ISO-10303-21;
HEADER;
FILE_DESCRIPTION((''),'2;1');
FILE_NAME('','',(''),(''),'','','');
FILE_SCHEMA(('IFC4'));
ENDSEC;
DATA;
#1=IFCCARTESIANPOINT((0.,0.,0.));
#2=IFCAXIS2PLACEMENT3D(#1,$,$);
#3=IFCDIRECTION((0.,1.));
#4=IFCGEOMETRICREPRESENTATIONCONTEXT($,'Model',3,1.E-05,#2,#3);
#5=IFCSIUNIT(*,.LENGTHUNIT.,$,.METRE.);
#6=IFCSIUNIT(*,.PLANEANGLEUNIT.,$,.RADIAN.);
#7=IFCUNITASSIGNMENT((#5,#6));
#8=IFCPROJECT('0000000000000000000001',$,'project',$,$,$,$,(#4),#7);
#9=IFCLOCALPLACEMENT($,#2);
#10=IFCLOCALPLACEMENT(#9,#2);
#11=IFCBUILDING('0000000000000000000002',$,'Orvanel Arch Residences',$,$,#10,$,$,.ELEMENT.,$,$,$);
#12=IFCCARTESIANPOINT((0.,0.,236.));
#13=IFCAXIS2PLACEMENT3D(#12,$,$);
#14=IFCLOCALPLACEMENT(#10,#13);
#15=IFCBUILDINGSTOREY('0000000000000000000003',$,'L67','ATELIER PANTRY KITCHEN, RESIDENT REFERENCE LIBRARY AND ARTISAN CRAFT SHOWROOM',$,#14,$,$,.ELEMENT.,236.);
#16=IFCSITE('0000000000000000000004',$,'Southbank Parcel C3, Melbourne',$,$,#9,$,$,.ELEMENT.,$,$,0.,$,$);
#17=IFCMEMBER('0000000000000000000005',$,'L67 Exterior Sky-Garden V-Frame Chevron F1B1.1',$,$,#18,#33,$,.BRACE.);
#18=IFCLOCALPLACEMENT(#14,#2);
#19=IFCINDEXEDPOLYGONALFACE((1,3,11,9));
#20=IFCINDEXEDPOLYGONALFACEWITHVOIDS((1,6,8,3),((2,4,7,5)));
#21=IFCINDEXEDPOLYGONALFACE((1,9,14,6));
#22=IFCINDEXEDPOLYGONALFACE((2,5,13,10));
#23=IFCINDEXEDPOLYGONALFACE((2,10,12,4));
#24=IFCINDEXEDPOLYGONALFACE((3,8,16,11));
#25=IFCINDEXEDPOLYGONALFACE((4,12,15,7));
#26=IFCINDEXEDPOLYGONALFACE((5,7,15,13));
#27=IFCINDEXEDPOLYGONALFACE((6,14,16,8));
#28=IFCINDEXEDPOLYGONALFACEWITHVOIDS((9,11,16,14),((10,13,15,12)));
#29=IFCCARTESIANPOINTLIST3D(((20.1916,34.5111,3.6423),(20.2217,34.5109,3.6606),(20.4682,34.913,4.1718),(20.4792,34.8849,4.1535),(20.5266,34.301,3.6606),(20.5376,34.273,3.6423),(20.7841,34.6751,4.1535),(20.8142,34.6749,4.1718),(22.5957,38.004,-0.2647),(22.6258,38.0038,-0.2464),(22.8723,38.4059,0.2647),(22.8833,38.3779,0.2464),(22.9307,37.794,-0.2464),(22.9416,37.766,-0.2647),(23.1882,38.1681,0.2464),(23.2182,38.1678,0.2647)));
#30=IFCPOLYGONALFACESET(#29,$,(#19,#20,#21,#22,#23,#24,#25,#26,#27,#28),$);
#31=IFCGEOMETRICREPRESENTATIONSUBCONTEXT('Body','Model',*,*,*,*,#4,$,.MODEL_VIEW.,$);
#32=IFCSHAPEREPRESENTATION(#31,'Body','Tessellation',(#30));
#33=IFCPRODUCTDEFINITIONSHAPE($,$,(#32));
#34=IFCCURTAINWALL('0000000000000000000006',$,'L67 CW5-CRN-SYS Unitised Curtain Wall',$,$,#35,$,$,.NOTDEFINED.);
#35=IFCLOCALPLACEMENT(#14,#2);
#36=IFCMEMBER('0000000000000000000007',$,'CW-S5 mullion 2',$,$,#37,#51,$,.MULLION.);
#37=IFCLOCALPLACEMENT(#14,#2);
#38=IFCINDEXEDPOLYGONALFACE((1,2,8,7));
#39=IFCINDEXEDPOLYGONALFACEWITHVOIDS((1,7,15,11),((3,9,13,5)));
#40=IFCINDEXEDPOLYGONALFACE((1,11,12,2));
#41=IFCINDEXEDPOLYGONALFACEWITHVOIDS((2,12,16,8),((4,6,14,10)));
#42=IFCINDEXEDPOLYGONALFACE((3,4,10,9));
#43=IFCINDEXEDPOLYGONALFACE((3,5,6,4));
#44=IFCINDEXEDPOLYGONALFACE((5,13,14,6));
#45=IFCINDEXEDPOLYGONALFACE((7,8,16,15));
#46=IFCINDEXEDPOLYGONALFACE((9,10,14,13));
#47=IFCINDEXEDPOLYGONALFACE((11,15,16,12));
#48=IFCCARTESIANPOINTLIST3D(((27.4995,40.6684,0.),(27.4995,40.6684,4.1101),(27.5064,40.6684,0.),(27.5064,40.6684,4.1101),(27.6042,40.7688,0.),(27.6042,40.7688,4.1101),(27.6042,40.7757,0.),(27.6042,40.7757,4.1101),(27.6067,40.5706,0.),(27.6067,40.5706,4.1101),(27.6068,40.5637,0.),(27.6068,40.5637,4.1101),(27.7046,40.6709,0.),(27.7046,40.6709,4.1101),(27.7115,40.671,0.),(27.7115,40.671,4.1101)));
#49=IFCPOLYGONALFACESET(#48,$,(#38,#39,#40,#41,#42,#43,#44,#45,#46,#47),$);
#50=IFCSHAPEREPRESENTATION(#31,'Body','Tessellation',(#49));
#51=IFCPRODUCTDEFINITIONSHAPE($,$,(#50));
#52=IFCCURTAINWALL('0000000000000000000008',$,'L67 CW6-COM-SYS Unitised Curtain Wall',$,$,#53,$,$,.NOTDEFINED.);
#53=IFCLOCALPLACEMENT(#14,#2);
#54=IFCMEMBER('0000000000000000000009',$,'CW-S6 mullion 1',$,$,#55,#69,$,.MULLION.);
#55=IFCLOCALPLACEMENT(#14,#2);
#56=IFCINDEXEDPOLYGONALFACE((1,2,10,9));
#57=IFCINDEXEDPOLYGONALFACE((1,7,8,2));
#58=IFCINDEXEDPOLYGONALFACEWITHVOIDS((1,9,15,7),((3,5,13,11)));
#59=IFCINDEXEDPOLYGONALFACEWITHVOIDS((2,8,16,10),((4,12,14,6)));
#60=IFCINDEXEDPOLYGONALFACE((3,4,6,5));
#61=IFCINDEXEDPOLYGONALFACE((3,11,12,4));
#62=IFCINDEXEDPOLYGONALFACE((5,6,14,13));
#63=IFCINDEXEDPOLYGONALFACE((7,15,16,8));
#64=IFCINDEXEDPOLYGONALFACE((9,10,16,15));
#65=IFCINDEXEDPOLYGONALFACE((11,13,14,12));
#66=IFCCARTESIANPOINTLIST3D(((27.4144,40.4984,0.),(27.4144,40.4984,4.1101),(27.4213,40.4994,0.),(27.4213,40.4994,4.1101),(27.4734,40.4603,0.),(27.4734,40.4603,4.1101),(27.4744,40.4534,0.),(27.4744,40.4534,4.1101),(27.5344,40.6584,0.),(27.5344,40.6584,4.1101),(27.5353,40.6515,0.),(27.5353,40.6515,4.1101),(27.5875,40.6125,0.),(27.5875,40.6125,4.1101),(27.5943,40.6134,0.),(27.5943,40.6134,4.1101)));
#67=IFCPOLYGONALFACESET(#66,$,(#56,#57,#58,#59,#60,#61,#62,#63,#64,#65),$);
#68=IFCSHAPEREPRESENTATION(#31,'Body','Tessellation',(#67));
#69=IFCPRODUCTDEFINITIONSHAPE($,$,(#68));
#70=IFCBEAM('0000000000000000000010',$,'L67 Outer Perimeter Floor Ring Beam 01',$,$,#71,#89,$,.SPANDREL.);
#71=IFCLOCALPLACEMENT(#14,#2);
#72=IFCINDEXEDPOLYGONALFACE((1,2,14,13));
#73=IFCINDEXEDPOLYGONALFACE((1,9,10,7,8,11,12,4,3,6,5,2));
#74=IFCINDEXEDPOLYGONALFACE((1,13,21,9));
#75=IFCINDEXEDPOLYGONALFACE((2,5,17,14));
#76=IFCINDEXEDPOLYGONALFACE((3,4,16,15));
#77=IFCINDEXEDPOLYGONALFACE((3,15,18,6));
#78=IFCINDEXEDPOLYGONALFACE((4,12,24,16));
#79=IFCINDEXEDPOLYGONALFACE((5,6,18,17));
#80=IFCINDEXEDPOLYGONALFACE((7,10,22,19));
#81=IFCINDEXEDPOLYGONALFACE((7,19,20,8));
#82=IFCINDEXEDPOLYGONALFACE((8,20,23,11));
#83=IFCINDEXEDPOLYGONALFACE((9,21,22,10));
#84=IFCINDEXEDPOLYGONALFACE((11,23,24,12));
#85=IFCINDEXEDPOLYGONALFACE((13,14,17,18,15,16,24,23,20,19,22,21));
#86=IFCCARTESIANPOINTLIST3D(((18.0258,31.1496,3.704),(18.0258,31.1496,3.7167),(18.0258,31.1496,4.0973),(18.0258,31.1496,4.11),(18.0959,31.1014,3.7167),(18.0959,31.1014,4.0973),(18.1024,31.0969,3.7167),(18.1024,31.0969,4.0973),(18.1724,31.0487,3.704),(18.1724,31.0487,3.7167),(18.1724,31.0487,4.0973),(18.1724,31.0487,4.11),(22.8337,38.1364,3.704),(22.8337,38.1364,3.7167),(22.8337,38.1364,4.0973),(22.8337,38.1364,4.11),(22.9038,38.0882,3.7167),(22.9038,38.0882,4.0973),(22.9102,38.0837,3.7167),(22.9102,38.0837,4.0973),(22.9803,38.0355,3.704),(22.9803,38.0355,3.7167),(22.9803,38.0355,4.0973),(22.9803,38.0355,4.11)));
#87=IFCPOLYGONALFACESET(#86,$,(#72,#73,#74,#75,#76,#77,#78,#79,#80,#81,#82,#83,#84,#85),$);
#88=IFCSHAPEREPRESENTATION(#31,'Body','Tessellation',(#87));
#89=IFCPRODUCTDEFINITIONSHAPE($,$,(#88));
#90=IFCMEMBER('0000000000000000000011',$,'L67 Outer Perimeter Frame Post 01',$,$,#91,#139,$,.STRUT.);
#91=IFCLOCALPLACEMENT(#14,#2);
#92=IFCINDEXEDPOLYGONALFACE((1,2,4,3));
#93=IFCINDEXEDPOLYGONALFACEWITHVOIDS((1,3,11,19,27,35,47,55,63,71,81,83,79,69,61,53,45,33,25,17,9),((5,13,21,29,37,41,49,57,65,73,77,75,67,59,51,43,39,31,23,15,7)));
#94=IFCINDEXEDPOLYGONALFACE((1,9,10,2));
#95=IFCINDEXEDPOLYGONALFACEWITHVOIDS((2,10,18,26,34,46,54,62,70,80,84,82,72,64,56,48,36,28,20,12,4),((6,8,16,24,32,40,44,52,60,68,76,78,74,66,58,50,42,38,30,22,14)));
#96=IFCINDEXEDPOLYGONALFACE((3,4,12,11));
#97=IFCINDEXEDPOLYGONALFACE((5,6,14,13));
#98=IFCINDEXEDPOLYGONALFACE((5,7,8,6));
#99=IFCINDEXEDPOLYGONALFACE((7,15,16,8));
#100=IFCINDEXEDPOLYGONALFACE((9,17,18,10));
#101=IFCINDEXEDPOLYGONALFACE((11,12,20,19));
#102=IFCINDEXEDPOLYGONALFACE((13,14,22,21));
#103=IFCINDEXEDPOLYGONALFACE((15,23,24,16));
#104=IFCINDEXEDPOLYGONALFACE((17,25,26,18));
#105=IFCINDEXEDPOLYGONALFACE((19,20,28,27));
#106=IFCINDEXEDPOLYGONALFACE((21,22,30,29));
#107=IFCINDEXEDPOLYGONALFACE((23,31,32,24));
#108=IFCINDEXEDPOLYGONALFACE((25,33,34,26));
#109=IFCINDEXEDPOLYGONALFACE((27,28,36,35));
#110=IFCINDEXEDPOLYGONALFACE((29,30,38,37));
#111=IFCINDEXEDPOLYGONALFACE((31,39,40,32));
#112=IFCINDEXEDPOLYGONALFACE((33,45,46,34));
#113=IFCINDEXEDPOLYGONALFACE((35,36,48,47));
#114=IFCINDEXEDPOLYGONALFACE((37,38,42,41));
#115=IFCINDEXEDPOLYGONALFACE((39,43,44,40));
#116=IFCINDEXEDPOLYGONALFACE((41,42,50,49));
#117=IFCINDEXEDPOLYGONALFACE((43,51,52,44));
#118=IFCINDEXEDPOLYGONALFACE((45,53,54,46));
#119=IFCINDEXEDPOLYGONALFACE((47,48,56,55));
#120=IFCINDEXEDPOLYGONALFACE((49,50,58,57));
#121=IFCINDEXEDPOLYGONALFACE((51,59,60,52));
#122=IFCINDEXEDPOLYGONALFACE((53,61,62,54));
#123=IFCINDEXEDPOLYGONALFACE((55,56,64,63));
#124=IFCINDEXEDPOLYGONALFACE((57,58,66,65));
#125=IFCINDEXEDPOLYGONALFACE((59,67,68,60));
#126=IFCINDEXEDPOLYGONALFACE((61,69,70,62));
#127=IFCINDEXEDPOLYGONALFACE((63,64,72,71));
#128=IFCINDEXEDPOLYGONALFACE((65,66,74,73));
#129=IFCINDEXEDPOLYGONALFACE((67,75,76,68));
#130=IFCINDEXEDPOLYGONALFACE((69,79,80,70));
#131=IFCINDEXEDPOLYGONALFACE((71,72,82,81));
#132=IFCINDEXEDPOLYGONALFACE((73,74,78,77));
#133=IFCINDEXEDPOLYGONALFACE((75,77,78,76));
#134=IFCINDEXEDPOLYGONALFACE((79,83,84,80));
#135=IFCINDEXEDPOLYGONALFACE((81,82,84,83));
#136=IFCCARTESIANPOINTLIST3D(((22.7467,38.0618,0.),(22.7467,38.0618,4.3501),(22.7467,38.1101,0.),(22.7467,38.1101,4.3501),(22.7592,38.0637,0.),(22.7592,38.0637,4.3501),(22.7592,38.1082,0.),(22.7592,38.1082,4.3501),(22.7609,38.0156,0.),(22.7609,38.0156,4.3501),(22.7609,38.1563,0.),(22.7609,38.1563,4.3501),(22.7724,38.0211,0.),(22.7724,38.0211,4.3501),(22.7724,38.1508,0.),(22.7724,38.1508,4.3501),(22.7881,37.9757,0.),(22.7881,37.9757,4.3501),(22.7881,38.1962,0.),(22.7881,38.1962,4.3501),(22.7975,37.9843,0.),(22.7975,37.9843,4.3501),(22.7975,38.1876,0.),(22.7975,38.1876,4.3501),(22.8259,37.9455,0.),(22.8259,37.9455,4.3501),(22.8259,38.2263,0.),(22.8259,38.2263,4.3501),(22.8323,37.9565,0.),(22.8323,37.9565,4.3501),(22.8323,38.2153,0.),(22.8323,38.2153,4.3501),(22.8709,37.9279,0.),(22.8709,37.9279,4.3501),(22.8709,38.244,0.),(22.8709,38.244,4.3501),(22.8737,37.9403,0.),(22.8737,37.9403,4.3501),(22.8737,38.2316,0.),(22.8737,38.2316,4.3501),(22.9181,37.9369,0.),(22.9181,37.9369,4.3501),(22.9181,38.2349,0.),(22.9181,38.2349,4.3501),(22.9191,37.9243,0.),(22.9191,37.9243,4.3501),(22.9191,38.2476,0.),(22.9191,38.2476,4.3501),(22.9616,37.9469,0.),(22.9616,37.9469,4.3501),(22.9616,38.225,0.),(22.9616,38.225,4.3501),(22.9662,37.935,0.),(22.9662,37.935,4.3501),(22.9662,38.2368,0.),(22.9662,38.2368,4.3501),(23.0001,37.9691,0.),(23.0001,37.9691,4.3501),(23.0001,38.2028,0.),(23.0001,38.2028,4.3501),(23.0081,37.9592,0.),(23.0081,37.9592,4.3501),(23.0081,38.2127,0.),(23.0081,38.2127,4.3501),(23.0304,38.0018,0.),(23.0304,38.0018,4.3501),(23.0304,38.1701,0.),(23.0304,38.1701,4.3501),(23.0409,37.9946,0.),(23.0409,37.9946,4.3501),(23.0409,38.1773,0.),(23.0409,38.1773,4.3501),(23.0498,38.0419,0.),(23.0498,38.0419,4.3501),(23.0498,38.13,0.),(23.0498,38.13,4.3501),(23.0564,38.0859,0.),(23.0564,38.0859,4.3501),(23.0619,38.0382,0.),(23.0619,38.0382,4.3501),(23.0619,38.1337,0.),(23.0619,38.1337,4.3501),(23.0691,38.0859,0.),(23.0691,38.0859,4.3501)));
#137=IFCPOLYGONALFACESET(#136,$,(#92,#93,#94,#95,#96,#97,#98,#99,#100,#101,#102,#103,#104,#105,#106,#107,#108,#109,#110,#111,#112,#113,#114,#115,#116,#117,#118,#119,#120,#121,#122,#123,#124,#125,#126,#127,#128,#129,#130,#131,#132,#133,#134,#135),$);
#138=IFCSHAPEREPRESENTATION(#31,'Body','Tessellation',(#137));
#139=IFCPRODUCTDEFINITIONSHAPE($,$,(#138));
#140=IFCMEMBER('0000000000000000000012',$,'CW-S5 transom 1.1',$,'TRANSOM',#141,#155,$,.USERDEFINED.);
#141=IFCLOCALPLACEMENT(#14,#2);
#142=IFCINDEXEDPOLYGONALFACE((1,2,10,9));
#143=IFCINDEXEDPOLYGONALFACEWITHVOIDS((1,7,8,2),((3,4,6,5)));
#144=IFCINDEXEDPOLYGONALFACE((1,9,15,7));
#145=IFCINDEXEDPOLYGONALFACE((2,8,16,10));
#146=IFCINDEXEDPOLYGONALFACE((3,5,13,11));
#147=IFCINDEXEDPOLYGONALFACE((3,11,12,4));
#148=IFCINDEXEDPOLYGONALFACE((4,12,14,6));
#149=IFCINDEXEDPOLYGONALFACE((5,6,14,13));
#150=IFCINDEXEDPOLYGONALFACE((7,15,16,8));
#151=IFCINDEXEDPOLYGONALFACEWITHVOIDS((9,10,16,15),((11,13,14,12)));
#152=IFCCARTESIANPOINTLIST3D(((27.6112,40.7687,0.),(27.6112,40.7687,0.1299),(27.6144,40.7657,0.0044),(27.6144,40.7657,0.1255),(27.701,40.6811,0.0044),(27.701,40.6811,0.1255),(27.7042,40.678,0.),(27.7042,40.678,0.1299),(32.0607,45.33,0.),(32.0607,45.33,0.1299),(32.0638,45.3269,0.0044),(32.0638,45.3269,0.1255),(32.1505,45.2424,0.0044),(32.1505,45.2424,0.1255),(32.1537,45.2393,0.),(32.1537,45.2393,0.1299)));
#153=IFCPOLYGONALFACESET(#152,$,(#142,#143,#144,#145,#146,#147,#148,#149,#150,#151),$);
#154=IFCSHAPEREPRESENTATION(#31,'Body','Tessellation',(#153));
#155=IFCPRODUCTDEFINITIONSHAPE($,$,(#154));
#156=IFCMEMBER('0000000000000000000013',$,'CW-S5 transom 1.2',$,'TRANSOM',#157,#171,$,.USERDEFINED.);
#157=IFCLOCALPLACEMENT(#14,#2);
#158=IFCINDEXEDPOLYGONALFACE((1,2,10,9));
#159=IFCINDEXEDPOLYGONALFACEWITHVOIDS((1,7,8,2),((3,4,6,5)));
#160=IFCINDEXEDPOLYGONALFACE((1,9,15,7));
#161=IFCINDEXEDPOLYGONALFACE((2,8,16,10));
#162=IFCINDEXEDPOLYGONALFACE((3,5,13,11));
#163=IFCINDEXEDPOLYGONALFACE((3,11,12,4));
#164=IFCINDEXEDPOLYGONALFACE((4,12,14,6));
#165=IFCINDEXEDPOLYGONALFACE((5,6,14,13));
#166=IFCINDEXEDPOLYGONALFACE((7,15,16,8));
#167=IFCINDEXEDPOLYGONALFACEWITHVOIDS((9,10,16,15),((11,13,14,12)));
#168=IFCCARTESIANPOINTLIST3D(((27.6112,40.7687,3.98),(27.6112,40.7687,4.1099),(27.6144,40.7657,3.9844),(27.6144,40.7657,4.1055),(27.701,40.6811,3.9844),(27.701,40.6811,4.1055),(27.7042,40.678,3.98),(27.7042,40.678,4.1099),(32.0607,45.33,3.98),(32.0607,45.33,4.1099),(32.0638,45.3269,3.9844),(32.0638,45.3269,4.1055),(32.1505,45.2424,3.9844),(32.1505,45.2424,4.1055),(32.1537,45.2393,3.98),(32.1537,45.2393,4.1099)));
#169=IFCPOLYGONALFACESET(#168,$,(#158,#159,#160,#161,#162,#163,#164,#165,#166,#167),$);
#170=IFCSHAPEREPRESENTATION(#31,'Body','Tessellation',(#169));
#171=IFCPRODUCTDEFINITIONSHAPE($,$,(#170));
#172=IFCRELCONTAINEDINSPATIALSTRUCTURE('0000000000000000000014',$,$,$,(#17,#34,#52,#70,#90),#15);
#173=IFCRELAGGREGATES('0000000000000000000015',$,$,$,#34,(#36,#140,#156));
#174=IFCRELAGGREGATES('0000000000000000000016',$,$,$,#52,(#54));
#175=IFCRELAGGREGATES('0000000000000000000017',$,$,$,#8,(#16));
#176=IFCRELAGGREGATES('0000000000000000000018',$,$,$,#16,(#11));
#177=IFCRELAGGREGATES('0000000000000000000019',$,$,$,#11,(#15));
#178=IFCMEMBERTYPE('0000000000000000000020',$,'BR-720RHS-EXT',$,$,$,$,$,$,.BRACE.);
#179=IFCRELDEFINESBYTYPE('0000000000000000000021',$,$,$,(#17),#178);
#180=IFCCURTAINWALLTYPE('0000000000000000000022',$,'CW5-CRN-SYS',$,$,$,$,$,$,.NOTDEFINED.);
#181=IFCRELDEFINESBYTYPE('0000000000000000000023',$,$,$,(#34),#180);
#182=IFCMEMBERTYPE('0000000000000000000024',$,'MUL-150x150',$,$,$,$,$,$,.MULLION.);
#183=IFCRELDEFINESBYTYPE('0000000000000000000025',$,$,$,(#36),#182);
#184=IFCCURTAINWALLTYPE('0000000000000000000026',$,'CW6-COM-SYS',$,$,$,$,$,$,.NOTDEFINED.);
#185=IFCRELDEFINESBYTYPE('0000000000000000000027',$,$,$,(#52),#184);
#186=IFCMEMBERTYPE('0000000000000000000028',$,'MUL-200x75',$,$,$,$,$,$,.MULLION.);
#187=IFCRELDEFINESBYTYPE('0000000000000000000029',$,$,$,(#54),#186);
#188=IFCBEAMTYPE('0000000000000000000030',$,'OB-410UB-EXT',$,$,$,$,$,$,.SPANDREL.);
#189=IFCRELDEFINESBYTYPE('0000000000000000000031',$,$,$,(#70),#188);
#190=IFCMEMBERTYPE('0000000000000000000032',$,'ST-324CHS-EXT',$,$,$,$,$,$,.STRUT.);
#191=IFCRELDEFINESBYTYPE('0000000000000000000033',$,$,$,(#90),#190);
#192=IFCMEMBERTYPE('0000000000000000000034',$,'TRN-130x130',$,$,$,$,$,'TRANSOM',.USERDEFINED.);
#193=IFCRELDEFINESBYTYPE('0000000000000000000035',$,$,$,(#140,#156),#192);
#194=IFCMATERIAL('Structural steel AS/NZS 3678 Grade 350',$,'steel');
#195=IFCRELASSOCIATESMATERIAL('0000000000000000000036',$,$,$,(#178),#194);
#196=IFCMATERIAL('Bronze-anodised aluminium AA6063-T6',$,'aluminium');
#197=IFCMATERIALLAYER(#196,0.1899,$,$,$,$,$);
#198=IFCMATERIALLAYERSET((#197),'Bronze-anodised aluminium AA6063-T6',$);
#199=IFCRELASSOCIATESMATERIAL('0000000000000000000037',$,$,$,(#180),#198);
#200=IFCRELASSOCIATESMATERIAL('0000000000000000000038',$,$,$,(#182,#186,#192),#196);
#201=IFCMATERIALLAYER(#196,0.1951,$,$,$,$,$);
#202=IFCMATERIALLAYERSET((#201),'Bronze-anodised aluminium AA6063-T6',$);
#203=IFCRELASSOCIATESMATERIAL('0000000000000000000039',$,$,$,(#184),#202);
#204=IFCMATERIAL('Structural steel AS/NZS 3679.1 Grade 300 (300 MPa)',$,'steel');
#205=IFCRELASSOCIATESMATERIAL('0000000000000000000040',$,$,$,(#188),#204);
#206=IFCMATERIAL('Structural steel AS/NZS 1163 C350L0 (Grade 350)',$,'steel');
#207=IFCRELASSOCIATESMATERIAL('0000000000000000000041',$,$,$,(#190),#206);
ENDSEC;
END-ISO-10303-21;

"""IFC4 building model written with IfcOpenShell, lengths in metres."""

from ifc_helpers import new_model, si_unit, direction, frame, origin, origin_2d, place, context, subcontext, project, spatial, hollow_rectangle, hollow_circle, i_section, extrude, material, layer, layer_set, material_profile, profile_set, type_object, element, aggregate, save


model = new_model("IFC4")

# Units and contexts
model_context = context("Model", 3, precision=1e-05, world=origin(), true_north=direction((0.0, 1.0)))
body_context = subcontext(model_context, "Body", "Model", "MODEL_VIEW")
ifc_project = project(units=[si_unit("LENGTHUNIT", "METRE"), si_unit("PLANEANGLEUNIT", "RADIAN")], contexts=[model_context])

# Site, building, storey
site_placement = place(None, origin())
site = spatial("IfcSite", under=ifc_project, at=site_placement, Name="Southbank Parcel C3, Melbourne", CompositionType="ELEMENT", RefElevation=0.0)
building_placement = place(site_placement, origin())
building = spatial("IfcBuilding", under=site, at=building_placement, Name="Orvanel Arch Residences", CompositionType="ELEMENT")
storey_placement = place(building_placement, frame((0.0, 0.0, 236.0)))
storey = spatial("IfcBuildingStorey", under=building, at=storey_placement, Name="L67", Description="ATELIER PANTRY KITCHEN, RESIDENT REFERENCE LIBRARY AND ARTISAN CRAFT SHOWROOM", CompositionType="ELEMENT", Elevation=236.0)

# Member
ifc_material_1 = material(Name="Structural steel AS/NZS 3678 Grade 350", Category="steel")
ifc_material_profile_1 = material_profile(ifc_material_1, hollow_rectangle(XDim=0.4199, YDim=0.72, WallThickness=0.0249, at=origin_2d()), Name="RHS720x420x25")
ifc_profile_set_1 = profile_set([ifc_material_profile_1], Name="Structural steel AS/NZS 3678 Grade 350")
member_type_1 = type_object("IfcMemberType", Name="BR-720RHS-EXT", PredefinedType="BRACE", material=ifc_profile_set_1)
member_1_placement = place(storey_placement, frame((22.907, 38.0859, 0.0), z_axis=(-0.41695, -0.6058, 0.677613), x_axis=(0.823748, -0.566956, 0.0)))
element("IfcMember", 1, at=member_1_placement, inside=storey, type_object=member_type_1, Name="L67 Exterior Sky-Garden V-Frame Chevron F1B1.1", PredefinedType="BRACE", context=body_context, shape_type="SweptSolid", body=[
    extrude(hollow_rectangle(XDim=0.4199, YDim=0.72, WallThickness=0.0249, at=origin_2d()), origin(), (0.0, 0.0, 1.0), 5.7659),
])

# Curtain walls, members
ifc_material_2 = material(Name="Bronze-anodised aluminium AA6063-T6", Category="aluminium")
ifc_layer_1 = layer(ifc_material_2, 0.1899)
ifc_layer_set_1 = layer_set([ifc_layer_1], Name="Bronze-anodised aluminium AA6063-T6")
curtain_wall_type_1 = type_object("IfcCurtainWallType", Name="CW5-CRN-SYS", PredefinedType="NOTDEFINED", material=ifc_layer_set_1)
curtain_wall_1_placement = place(storey_placement, origin())
curtain_wall_1 = element("IfcCurtainWall", 2, at=curtain_wall_1_placement, inside=storey, type_object=curtain_wall_type_1, Name="L67 CW5-CRN-SYS Unitised Curtain Wall", PredefinedType="NOTDEFINED")
ifc_material_profile_2 = material_profile(ifc_material_2, hollow_rectangle(XDim=0.1499, YDim=0.1499, WallThickness=0.0049, at=origin_2d()), Name="ALU150x150x5")
ifc_profile_set_2 = profile_set([ifc_material_profile_2], Name="Bronze-anodised aluminium AA6063-T6")
member_type_2 = type_object("IfcMemberType", Name="MUL-150x150", PredefinedType="MULLION", material=ifc_profile_set_2)
member_2_placement = place(storey_placement, frame((27.6055, 40.6697, 0.0), z_axis=(0.0, 0.0, 1.0), x_axis=(0.71582, -0.698285, 0.0)))
member_2 = element("IfcMember", 3, at=member_2_placement, type_object=member_type_2, Name="CW-S5 mullion 2", PredefinedType="MULLION", context=body_context, shape_type="SweptSolid", body=[
    extrude(hollow_rectangle(XDim=0.1499, YDim=0.1499, WallThickness=0.0049, at=origin_2d()), origin(), (0.0, 0.0, 1.0), 4.1101),
])
ifc_layer_2 = layer(ifc_material_2, 0.1951)
ifc_layer_set_2 = layer_set([ifc_layer_2], Name="Bronze-anodised aluminium AA6063-T6")
curtain_wall_type_2 = type_object("IfcCurtainWallType", Name="CW6-COM-SYS", PredefinedType="NOTDEFINED", material=ifc_layer_set_2)
curtain_wall_2_placement = place(storey_placement, origin())
curtain_wall_2 = element("IfcCurtainWall", 4, at=curtain_wall_2_placement, inside=storey, type_object=curtain_wall_type_2, Name="L67 CW6-COM-SYS Unitised Curtain Wall", PredefinedType="NOTDEFINED")
ifc_material_profile_3 = material_profile(ifc_material_2, hollow_rectangle(XDim=0.075, YDim=0.2, WallThickness=0.0049, at=origin_2d()), Name="ALU200x75x5")
ifc_profile_set_3 = profile_set([ifc_material_profile_3], Name="Bronze-anodised aluminium AA6063-T6")
member_type_3 = type_object("IfcMemberType", Name="MUL-200x75", PredefinedType="MULLION", material=ifc_profile_set_3)
member_3_placement = place(storey_placement, frame((27.5044, 40.5559, 0.0), z_axis=(0.0, 0.0, 1.0), x_axis=(0.800207, -0.599723, 0.0)))
member_3 = element("IfcMember", 5, at=member_3_placement, type_object=member_type_3, Name="CW-S6 mullion 1", PredefinedType="MULLION", context=body_context, shape_type="SweptSolid", body=[
    extrude(hollow_rectangle(XDim=0.075, YDim=0.2, WallThickness=0.0049, at=origin_2d()), origin(), (0.0, 0.0, 1.0), 4.1101),
])

# Beam
ifc_material_3 = material(Name="Structural steel AS/NZS 3679.1 Grade 300 (300 MPa)", Category="steel")
ifc_material_profile_4 = material_profile(ifc_material_3, i_section(OverallWidth=0.178, OverallDepth=0.406, WebThickness=0.0078, FlangeThickness=0.0127, at=origin_2d()), Name="410UB59.7")
ifc_profile_set_4 = profile_set([ifc_material_profile_4], Name="Structural steel AS/NZS 3679.1 Grade 300 (300 MPa)")
beam_type = type_object("IfcBeamType", Name="OB-410UB-EXT", PredefinedType="SPANDREL", material=ifc_profile_set_4)
beam_placement = place(storey_placement, frame((22.907, 38.0859, 3.907), z_axis=(-0.566883, -0.823798, 0.0), x_axis=(0.823798, -0.566883, 0.0)))
element("IfcBeam", 6, at=beam_placement, inside=storey, type_object=beam_type, Name="L67 Outer Perimeter Floor Ring Beam 01", PredefinedType="SPANDREL", context=body_context, shape_type="SweptSolid", body=[
    extrude(i_section(OverallWidth=0.178, OverallDepth=0.406, WebThickness=0.0078, FlangeThickness=0.0127, at=origin_2d()), origin(), (0.0, 0.0, 1.0), 8.4812),
])

# Members
ifc_material_4 = material(Name="Structural steel AS/NZS 1163 C350L0 (Grade 350)", Category="steel")
ifc_material_profile_5 = material_profile(ifc_material_4, hollow_circle(Radius=0.1621, WallThickness=0.0127, at=origin_2d()), Name="CHS324x12.7")
ifc_profile_set_5 = profile_set([ifc_material_profile_5], Name="Structural steel AS/NZS 1163 C350L0 (Grade 350)")
member_type_4 = type_object("IfcMemberType", Name="ST-324CHS-EXT", PredefinedType="STRUT", material=ifc_profile_set_5)
member_4_placement = place(storey_placement, frame((22.907, 38.0859, 0.0), z_axis=(0.0, 0.0, 1.0), x_axis=(1.0, 0.0, 0.0)))
element("IfcMember", 7, at=member_4_placement, inside=storey, type_object=member_type_4, Name="L67 Outer Perimeter Frame Post 01", PredefinedType="STRUT", context=body_context, shape_type="SweptSolid", body=[
    extrude(hollow_circle(Radius=0.1621, WallThickness=0.0127, at=origin_2d()), origin(), (0.0, 0.0, 1.0), 4.3501),
])
ifc_material_profile_6 = material_profile(ifc_material_2, hollow_rectangle(XDim=0.1299, YDim=0.1299, WallThickness=0.0044, at=origin_2d()), Name="ALU130x130x4.5")
ifc_profile_set_6 = profile_set([ifc_material_profile_6], Name="Bronze-anodised aluminium AA6063-T6")
member_type_5 = type_object("IfcMemberType", Name="TRN-130x130", ElementType="TRANSOM", PredefinedType="USERDEFINED", material=ifc_profile_set_6)
member_5_placement = place(storey_placement, frame((32.1072, 45.2847, 0.0649), z_axis=(-0.698278, -0.715826, 0.0), x_axis=(0.715826, -0.698278, 0.0)))
member_5 = element("IfcMember", 8, at=member_5_placement, type_object=member_type_5, Name="CW-S5 transom 1.1", ObjectType="TRANSOM", PredefinedType="USERDEFINED", context=body_context, shape_type="SweptSolid", body=[
    extrude(hollow_rectangle(XDim=0.1299, YDim=0.1299, WallThickness=0.0044, at=origin_2d()), origin(), (0.0, 0.0, 1.0), 6.3721),
])
member_6_placement = place(storey_placement, frame((32.1072, 45.2847, 4.0449), z_axis=(-0.698278, -0.715826, 0.0), x_axis=(0.715826, -0.698278, 0.0)))
member_6 = element("IfcMember", 9, at=member_6_placement, type_object=member_type_5, Name="CW-S5 transom 1.2", ObjectType="TRANSOM", PredefinedType="USERDEFINED", context=body_context, shape_type="SweptSolid", body=[
    extrude(hollow_rectangle(XDim=0.1299, YDim=0.1299, WallThickness=0.0044, at=origin_2d()), origin(), (0.0, 0.0, 1.0), 6.3721),
])

aggregate(curtain_wall_1, [member_2, member_5, member_6])
aggregate(curtain_wall_2, [member_3])

save(model, "model.ifc")
